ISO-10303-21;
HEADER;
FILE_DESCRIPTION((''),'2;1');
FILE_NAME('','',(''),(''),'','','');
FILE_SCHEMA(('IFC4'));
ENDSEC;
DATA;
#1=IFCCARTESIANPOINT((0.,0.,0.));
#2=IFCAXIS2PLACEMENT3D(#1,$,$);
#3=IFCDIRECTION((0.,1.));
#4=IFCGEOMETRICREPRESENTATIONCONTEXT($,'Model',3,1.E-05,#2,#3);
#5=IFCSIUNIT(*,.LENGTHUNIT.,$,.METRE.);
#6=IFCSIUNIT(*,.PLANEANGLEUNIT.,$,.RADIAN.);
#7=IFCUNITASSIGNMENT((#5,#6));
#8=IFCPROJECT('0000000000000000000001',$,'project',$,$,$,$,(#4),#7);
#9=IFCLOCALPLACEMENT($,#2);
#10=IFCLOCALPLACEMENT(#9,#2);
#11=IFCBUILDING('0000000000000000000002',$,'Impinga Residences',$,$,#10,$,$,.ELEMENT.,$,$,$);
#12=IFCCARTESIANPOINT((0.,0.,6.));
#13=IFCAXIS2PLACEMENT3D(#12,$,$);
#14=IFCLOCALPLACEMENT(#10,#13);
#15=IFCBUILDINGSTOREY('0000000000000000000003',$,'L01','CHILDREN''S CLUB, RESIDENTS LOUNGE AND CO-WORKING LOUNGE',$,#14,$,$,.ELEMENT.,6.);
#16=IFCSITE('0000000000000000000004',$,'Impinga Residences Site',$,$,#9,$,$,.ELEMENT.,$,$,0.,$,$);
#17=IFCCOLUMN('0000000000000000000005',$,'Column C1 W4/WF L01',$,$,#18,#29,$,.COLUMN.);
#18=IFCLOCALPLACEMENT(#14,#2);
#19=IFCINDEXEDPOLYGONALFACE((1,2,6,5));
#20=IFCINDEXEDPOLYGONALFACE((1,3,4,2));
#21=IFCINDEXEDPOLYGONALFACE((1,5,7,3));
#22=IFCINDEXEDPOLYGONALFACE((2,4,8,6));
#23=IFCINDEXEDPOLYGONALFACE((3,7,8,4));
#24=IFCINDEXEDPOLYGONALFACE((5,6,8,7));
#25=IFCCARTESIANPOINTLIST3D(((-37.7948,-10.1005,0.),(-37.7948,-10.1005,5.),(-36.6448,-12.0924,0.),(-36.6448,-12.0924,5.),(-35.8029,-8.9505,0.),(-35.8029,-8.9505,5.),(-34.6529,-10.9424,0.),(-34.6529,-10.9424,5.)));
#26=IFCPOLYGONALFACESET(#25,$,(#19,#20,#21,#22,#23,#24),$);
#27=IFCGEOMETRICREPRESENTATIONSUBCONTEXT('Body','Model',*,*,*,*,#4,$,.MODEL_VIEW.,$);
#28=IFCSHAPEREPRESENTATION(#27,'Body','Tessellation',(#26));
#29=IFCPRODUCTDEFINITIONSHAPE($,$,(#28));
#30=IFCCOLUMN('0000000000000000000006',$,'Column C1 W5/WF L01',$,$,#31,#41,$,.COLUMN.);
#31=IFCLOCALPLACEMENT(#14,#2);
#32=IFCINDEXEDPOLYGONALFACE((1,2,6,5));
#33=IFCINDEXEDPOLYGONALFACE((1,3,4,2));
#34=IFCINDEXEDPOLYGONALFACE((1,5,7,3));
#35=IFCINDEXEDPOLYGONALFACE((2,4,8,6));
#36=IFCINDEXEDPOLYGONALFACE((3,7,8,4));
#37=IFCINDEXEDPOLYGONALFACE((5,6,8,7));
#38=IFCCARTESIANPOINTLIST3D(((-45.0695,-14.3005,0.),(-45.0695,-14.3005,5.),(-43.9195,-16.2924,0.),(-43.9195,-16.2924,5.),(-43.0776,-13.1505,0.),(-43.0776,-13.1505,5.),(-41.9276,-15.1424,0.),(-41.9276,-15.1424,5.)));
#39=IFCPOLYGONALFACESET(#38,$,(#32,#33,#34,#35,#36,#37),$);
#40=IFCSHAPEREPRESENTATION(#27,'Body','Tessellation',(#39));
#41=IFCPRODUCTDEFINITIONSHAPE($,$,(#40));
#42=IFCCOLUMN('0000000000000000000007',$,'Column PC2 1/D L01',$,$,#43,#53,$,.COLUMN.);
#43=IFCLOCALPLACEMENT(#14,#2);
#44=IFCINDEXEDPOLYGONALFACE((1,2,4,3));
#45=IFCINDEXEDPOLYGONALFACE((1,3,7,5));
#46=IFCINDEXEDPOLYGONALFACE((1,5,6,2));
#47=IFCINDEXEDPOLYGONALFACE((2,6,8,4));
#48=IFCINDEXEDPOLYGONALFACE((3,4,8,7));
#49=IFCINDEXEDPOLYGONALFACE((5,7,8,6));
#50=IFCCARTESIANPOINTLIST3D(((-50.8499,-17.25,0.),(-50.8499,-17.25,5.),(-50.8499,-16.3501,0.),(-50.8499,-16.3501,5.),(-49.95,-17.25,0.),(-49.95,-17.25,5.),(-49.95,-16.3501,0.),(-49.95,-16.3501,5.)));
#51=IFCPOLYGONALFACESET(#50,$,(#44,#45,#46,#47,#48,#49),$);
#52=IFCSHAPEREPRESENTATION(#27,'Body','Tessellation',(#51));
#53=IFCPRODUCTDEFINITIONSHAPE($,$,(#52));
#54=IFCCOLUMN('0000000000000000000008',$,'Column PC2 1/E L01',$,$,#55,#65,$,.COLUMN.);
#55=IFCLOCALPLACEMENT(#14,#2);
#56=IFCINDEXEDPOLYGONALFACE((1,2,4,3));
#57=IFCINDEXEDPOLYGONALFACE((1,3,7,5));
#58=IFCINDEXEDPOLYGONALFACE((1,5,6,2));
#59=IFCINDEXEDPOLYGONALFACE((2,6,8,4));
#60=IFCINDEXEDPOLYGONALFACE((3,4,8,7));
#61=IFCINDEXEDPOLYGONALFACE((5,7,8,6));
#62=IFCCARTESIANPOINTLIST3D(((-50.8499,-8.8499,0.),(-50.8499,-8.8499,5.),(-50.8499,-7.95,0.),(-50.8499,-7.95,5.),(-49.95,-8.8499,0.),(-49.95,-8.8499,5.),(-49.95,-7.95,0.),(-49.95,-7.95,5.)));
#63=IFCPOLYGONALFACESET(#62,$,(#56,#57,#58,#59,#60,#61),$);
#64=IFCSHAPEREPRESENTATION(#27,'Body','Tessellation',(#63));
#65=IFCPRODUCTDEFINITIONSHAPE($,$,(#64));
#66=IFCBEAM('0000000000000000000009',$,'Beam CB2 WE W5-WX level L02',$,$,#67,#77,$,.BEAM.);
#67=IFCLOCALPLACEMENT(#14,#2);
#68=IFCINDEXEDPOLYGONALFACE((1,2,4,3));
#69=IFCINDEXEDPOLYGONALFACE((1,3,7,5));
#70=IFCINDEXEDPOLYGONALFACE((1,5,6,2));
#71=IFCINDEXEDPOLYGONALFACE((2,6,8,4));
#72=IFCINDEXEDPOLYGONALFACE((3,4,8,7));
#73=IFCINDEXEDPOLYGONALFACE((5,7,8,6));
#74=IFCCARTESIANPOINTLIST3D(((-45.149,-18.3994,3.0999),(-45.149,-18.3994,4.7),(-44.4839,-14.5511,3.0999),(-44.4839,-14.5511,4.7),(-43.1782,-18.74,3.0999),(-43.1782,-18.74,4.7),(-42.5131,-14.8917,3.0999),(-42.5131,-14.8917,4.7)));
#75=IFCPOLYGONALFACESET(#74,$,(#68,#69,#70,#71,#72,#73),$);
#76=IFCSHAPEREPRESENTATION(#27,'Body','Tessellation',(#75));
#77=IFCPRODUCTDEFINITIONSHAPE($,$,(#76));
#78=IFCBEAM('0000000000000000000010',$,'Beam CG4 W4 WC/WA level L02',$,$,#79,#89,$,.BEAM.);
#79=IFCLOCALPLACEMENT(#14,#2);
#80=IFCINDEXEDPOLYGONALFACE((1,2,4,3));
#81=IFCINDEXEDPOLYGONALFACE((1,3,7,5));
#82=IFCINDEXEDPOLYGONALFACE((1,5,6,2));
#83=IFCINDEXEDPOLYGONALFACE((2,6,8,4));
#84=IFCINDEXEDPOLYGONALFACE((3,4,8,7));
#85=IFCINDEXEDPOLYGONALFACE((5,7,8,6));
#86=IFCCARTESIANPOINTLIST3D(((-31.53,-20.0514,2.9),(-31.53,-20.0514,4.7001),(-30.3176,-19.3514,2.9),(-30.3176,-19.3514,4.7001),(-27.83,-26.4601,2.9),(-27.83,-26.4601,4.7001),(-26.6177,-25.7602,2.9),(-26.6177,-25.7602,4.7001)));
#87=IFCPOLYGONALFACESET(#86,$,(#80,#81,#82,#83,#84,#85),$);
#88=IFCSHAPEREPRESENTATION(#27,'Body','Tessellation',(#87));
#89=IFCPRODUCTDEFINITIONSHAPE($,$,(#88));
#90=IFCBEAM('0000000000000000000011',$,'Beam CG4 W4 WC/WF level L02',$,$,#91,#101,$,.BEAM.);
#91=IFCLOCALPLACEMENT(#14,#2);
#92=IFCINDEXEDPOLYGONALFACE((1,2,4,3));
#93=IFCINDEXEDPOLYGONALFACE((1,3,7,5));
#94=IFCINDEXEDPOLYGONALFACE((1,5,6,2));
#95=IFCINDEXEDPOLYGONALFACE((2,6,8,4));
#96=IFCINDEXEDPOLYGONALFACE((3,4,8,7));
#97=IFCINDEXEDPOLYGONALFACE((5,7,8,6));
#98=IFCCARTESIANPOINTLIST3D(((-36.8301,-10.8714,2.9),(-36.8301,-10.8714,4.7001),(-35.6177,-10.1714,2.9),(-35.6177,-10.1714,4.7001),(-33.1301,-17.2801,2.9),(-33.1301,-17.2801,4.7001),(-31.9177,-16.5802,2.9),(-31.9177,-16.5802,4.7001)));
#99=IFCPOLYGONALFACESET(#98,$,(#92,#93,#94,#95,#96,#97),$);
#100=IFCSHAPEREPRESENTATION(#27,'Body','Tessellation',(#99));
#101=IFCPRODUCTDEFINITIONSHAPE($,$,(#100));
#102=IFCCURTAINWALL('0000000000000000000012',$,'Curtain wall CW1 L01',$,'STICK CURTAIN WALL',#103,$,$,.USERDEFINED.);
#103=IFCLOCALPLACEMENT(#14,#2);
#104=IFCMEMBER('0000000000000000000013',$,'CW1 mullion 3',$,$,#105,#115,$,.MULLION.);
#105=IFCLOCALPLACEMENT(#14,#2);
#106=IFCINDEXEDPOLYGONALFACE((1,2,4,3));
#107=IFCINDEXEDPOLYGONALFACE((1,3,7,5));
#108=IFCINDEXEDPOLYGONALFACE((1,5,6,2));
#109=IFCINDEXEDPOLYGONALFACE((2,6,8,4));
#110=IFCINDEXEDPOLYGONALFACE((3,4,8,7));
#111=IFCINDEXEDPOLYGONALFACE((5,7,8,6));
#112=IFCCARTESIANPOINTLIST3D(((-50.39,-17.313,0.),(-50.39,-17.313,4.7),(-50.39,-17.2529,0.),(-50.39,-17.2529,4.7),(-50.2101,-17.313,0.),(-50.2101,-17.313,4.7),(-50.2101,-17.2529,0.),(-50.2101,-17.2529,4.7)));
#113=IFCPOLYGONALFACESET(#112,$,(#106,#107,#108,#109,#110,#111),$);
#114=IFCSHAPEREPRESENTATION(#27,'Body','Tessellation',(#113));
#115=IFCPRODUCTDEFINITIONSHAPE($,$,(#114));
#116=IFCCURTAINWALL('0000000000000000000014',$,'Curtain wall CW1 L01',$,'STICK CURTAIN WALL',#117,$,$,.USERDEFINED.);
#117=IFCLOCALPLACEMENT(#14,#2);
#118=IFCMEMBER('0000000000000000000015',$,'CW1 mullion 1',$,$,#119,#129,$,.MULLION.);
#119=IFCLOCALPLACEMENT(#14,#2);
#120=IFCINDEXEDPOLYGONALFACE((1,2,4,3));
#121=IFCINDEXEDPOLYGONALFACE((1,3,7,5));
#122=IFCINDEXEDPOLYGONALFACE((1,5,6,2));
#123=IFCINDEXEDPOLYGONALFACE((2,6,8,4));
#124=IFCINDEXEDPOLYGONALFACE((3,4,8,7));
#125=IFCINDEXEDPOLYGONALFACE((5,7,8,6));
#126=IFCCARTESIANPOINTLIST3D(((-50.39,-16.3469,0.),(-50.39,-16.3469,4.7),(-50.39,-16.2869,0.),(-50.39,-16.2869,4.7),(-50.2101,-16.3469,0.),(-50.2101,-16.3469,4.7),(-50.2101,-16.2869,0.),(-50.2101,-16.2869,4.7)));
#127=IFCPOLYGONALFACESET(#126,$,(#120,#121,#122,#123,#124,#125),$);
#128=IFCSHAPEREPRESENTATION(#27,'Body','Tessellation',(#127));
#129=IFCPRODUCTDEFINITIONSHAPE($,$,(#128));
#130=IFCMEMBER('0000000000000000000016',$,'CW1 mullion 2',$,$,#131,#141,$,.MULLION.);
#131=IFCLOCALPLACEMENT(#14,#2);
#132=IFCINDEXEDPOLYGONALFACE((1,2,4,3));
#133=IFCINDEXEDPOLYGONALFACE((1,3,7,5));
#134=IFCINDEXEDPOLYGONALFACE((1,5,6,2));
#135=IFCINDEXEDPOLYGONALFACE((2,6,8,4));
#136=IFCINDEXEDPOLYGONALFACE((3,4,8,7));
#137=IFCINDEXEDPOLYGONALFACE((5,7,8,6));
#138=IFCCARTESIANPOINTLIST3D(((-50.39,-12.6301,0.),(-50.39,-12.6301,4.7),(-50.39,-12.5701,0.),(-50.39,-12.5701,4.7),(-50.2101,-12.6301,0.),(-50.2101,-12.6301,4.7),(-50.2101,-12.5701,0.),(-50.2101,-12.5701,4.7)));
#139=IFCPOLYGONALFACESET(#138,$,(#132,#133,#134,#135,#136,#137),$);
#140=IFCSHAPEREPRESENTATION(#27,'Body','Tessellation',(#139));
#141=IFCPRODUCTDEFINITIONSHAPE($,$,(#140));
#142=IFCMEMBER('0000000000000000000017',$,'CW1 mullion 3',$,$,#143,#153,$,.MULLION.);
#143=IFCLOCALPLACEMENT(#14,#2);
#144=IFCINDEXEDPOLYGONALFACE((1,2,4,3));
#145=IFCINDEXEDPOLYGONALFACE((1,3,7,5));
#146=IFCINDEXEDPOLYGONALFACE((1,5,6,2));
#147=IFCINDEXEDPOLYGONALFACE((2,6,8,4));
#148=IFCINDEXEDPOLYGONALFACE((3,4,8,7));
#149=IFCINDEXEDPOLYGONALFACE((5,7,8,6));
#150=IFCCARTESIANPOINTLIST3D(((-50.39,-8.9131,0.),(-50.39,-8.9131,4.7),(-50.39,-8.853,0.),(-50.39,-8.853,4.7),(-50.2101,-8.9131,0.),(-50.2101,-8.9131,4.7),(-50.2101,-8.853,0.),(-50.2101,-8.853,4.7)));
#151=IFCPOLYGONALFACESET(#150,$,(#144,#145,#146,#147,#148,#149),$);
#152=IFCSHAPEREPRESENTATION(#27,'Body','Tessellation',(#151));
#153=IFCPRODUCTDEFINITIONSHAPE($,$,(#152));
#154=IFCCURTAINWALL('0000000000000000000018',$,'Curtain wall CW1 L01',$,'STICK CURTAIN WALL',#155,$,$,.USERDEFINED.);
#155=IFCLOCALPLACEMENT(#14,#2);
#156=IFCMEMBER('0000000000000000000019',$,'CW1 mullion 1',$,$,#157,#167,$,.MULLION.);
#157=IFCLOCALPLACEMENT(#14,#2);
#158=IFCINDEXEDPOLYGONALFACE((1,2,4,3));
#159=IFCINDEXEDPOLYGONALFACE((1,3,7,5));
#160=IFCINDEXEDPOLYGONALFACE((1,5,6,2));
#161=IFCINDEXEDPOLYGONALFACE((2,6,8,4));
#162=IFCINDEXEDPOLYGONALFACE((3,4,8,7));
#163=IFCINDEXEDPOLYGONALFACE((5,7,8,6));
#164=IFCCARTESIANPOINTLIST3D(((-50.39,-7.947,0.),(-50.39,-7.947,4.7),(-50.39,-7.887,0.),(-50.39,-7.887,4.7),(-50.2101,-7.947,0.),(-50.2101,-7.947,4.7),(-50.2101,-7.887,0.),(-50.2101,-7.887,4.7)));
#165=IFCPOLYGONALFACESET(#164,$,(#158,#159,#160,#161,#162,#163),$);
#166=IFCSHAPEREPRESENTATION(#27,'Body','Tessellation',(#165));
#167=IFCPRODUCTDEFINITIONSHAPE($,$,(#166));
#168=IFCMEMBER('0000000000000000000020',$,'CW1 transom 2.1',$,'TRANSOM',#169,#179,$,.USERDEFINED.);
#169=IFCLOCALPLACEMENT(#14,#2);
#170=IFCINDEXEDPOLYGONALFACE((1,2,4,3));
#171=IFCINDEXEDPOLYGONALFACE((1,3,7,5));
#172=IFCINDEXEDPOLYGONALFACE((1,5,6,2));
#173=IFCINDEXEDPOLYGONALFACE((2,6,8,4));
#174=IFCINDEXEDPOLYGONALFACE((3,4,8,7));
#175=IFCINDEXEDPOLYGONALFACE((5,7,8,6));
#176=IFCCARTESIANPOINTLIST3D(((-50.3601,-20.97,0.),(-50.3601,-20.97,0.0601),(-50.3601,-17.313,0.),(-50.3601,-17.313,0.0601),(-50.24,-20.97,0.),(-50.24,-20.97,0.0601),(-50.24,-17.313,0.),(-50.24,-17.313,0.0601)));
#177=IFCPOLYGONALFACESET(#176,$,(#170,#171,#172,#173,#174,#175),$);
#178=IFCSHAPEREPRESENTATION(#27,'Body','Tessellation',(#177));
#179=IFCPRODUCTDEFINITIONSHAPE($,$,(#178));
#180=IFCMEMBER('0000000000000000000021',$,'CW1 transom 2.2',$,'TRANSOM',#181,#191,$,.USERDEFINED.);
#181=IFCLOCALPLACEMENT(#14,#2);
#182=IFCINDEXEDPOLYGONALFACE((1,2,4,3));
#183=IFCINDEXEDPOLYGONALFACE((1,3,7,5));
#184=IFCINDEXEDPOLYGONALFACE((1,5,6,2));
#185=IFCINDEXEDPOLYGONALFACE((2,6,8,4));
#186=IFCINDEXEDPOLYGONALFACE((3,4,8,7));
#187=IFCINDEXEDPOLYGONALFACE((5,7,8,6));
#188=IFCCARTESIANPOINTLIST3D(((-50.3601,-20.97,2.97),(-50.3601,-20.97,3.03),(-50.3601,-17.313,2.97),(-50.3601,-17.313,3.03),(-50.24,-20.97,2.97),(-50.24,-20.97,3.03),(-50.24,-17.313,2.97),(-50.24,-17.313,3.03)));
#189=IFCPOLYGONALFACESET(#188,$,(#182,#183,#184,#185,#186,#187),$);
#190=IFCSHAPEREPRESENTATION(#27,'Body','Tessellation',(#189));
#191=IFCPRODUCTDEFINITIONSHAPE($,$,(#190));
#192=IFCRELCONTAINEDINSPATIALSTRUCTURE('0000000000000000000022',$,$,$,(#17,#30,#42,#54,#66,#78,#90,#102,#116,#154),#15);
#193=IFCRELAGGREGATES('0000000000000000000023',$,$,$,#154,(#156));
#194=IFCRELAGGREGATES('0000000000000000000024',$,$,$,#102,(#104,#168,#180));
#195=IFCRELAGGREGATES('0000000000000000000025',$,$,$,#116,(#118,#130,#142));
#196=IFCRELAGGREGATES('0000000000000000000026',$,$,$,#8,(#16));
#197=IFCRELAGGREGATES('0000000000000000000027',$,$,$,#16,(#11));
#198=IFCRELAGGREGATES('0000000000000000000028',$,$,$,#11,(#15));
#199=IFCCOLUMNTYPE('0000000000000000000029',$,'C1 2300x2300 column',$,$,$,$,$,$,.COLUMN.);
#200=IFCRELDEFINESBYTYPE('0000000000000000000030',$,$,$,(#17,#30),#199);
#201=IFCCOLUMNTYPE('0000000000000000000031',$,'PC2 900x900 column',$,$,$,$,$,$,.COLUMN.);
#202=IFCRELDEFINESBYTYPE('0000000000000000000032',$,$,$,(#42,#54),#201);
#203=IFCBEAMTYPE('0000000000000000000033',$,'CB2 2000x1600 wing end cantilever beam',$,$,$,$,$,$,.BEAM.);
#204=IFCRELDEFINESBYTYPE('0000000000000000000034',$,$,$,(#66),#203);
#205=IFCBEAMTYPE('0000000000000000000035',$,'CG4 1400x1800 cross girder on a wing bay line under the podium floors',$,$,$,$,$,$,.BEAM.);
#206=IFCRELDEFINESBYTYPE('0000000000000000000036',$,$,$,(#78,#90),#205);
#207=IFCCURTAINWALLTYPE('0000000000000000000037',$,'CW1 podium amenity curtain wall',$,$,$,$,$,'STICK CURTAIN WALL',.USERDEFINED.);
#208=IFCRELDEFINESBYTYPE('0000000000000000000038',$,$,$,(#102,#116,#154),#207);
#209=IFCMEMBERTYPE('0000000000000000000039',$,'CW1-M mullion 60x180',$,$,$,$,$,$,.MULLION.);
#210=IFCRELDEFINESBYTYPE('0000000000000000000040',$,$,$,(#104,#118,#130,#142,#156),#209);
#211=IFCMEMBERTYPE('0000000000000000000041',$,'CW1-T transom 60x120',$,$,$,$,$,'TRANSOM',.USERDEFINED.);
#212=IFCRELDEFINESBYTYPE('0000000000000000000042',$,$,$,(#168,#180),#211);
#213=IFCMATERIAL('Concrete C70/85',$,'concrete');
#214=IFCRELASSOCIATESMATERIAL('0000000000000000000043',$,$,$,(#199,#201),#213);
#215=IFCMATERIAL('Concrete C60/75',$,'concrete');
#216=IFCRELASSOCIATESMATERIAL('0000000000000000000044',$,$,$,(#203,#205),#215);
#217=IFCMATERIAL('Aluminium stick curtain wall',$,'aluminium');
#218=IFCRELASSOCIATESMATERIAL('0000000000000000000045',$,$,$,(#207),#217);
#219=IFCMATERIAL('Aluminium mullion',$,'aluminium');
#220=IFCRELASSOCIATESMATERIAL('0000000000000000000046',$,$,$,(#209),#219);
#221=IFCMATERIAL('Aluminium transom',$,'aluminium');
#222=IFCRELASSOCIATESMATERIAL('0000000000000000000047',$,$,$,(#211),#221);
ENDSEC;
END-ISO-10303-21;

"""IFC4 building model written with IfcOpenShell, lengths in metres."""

from ifc_helpers import new_model, si_unit, direction, frame, origin, origin_2d, place, context, subcontext, project, spatial, rectangle, extrude, material, material_profile, profile_set, type_object, element, aggregate, save


model = new_model("IFC4")

# Units and contexts
model_context = context("Model", 3, precision=1e-05, world=origin(), true_north=direction((0.0, 1.0)))
body_context = subcontext(model_context, "Body", "Model", "MODEL_VIEW")
ifc_project = project(units=[si_unit("LENGTHUNIT", "METRE"), si_unit("PLANEANGLEUNIT", "RADIAN")], contexts=[model_context])

# Site, building, storey
site_placement = place(None, origin())
site = spatial("IfcSite", under=ifc_project, at=site_placement, Name="Impinga Residences Site", CompositionType="ELEMENT", RefElevation=0.0)
building_placement = place(site_placement, origin())
building = spatial("IfcBuilding", under=site, at=building_placement, Name="Impinga Residences", CompositionType="ELEMENT")
storey_placement = place(building_placement, frame((0.0, 0.0, 6.0)))
storey = spatial("IfcBuildingStorey", under=building, at=storey_placement, Name="L01", Description="CHILDREN'S CLUB, RESIDENTS LOUNGE AND CO-WORKING LOUNGE", CompositionType="ELEMENT", Elevation=6.0)

# Columns
ifc_material_1 = material(Name="Concrete C70/85", Category="concrete")
ifc_material_profile_1 = material_profile(ifc_material_1, rectangle(XDim=2.3, YDim=2.3, at=origin_2d()), Name="RC 2300x2300")
ifc_profile_set_1 = profile_set([ifc_material_profile_1], Name="Concrete C70/85")
column_type_1 = type_object("IfcColumnType", Name="C1 2300x2300 column", PredefinedType="COLUMN", material=ifc_profile_set_1)
for number, where, z_axis, x_axis, name in (
    (1, (-36.2239, -10.5215, 0.0), (0.0, 0.0, 1.0), (-0.5, 0.866025, 0.0), "Column C1 W4/WF L01"),
    (2, (-43.4985, -14.7214, 0.0), (0.0, 0.0, 1.0), (-0.5, 0.866025, 0.0), "Column C1 W5/WF L01"),
):
    element("IfcColumn", number, at=place(storey_placement, frame(where, z_axis=z_axis, x_axis=x_axis)), inside=storey, type_object=column_type_1, Name=name, PredefinedType="COLUMN", context=body_context, shape_type="SweptSolid", body=[
        extrude(rectangle(XDim=2.3, YDim=2.3, at=origin_2d()), origin(), (0.0, 0.0, 1.0), 5.0),
    ])
ifc_material_profile_2 = material_profile(ifc_material_1, rectangle(XDim=0.8999, YDim=0.8999, at=origin_2d()), Name="RC 900x900")
ifc_profile_set_2 = profile_set([ifc_material_profile_2], Name="Concrete C70/85")
column_type_2 = type_object("IfcColumnType", Name="PC2 900x900 column", PredefinedType="COLUMN", material=ifc_profile_set_2)
for number, where, z_axis, x_axis, name in (
    (3, (-50.3999, -16.8, 0.0), (0.0, 0.0, 1.0), (1.0, 0.0, 0.0), "Column PC2 1/D L01"),
    (4, (-50.3999, -8.3999, 0.0), (0.0, 0.0, 1.0), (1.0, 0.0, 0.0), "Column PC2 1/E L01"),
):
    element("IfcColumn", number, at=place(storey_placement, frame(where, z_axis=z_axis, x_axis=x_axis)), inside=storey, type_object=column_type_2, Name=name, PredefinedType="COLUMN", context=body_context, shape_type="SweptSolid", body=[
        extrude(rectangle(XDim=0.8999, YDim=0.8999, at=origin_2d()), origin(), (0.0, 0.0, 1.0), 5.0),
    ])

# Beams
ifc_material_2 = material(Name="Concrete C60/75", Category="concrete")
ifc_material_profile_3 = material_profile(ifc_material_2, rectangle(XDim=2.0, YDim=1.6001, at=origin_2d()), Name="RC 2000x1600")
ifc_profile_set_3 = profile_set([ifc_material_profile_3], Name="Concrete C60/75")
beam_type_1 = type_object("IfcBeamType", Name="CB2 2000x1600 wing end cantilever beam", PredefinedType="BEAM", material=ifc_profile_set_3)
beam_1_placement = place(storey_placement, frame((-43.4985, -14.7214, 3.8999), z_axis=(-0.170296, -0.985393, 0.0), x_axis=(0.985393, -0.170296, 0.0)))
element("IfcBeam", 5, at=beam_1_placement, inside=storey, type_object=beam_type_1, Name="Beam CB2 WE W5-WX level L02", PredefinedType="BEAM", context=body_context, shape_type="SweptSolid", body=[
    extrude(rectangle(XDim=2.0, YDim=1.6001, at=origin_2d()), origin(), (0.0, 0.0, 1.0), 3.9053),
])
ifc_material_profile_4 = material_profile(ifc_material_2, rectangle(XDim=1.3999, YDim=1.8, at=origin_2d()), Name="RC 1400x1800")
ifc_profile_set_4 = profile_set([ifc_material_profile_4], Name="Concrete C60/75")
beam_type_2 = type_object("IfcBeamType", Name="CG4 1400x1800 cross girder on a wing bay line under the podium floors", PredefinedType="BEAM", material=ifc_profile_set_4)
for number, where, z_axis, x_axis, name in (
    (6, (-30.9238, -19.7014, 3.8), (0.499989, -0.866032, 0.0), (0.866032, 0.499989, 0.0), "Beam CG4 W4 WC/WA level L02"),
    (7, (-32.5239, -16.9302, 3.8), (-0.499989, 0.866032, 0.0), (-0.866032, -0.499989, 0.0), "Beam CG4 W4 WC/WF level L02"),
):
    element("IfcBeam", number, at=place(storey_placement, frame(where, z_axis=z_axis, x_axis=x_axis)), inside=storey, type_object=beam_type_2, Name=name, PredefinedType="BEAM", context=body_context, shape_type="SweptSolid", body=[
        extrude(rectangle(XDim=1.3999, YDim=1.8, at=origin_2d()), origin(), (0.0, 0.0, 1.0), 7.4001),
    ])

# Curtain wall, member
ifc_material_3 = material(Name="Aluminium stick curtain wall", Category="aluminium")
curtain_wall_type = type_object("IfcCurtainWallType", Name="CW1 podium amenity curtain wall", ElementType="STICK CURTAIN WALL", PredefinedType="USERDEFINED", material=ifc_material_3)
curtain_wall_1_placement = place(storey_placement, origin())
curtain_wall_1 = element("IfcCurtainWall", 8, at=curtain_wall_1_placement, inside=storey, type_object=curtain_wall_type, Name="Curtain wall CW1 L01", ObjectType="STICK CURTAIN WALL", PredefinedType="USERDEFINED")
ifc_material_4 = material(Name="Aluminium mullion", Category="aluminium")
ifc_material_profile_5 = material_profile(ifc_material_4, rectangle(XDim=0.0601, YDim=0.1799, at=origin_2d()), Name="60x180 mullion")
ifc_profile_set_5 = profile_set([ifc_material_profile_5], Name="Aluminium mullion")
member_type_1 = type_object("IfcMemberType", Name="CW1-M mullion 60x180", PredefinedType="MULLION", material=ifc_profile_set_5)
member_1_placement = place(storey_placement, frame((-50.3, -17.283, 0.0), z_axis=(0.0, 0.0, 1.0), x_axis=(0.0, 1.0, 0.0)))
member_1 = element("IfcMember", 9, at=member_1_placement, type_object=member_type_1, Name="CW1 mullion 3", PredefinedType="MULLION", context=body_context, shape_type="SweptSolid", body=[
    extrude(rectangle(XDim=0.0601, YDim=0.1799, at=origin_2d()), origin(), (0.0, 0.0, 1.0), 4.7),
])

# Curtain wall, members
curtain_wall_2_placement = place(storey_placement, origin())
curtain_wall_2 = element("IfcCurtainWall", 10, at=curtain_wall_2_placement, inside=storey, type_object=curtain_wall_type, Name="Curtain wall CW1 L01", ObjectType="STICK CURTAIN WALL", PredefinedType="USERDEFINED")
member_2_placement = place(storey_placement, frame((-50.3, -16.3169, 0.0), z_axis=(0.0, 0.0, 1.0), x_axis=(0.0, 1.0, 0.0)))
member_2 = element("IfcMember", 11, at=member_2_placement, type_object=member_type_1, Name="CW1 mullion 1", PredefinedType="MULLION", context=body_context, shape_type="SweptSolid", body=[
    extrude(rectangle(XDim=0.0601, YDim=0.1799, at=origin_2d()), origin(), (0.0, 0.0, 1.0), 4.7),
])
member_3_placement = place(storey_placement, frame((-50.3, -12.6001, 0.0), z_axis=(0.0, 0.0, 1.0), x_axis=(0.0, 1.0, 0.0)))
member_3 = element("IfcMember", 12, at=member_3_placement, type_object=member_type_1, Name="CW1 mullion 2", PredefinedType="MULLION", context=body_context, shape_type="SweptSolid", body=[
    extrude(rectangle(XDim=0.0601, YDim=0.1799, at=origin_2d()), origin(), (0.0, 0.0, 1.0), 4.7),
])
member_4_placement = place(storey_placement, frame((-50.3, -8.8831, 0.0), z_axis=(0.0, 0.0, 1.0), x_axis=(0.0, 1.0, 0.0)))
member_4 = element("IfcMember", 13, at=member_4_placement, type_object=member_type_1, Name="CW1 mullion 3", PredefinedType="MULLION", context=body_context, shape_type="SweptSolid", body=[
    extrude(rectangle(XDim=0.0601, YDim=0.1799, at=origin_2d()), origin(), (0.0, 0.0, 1.0), 4.7),
])

# Curtain wall, member
curtain_wall_3_placement = place(storey_placement, origin())
curtain_wall_3 = element("IfcCurtainWall", 14, at=curtain_wall_3_placement, inside=storey, type_object=curtain_wall_type, Name="Curtain wall CW1 L01", ObjectType="STICK CURTAIN WALL", PredefinedType="USERDEFINED")
member_5_placement = place(storey_placement, frame((-50.3, -7.917, 0.0), z_axis=(0.0, 0.0, 1.0), x_axis=(0.0, 1.0, 0.0)))
member_5 = element("IfcMember", 15, at=member_5_placement, type_object=member_type_1, Name="CW1 mullion 1", PredefinedType="MULLION", context=body_context, shape_type="SweptSolid", body=[
    extrude(rectangle(XDim=0.0601, YDim=0.1799, at=origin_2d()), origin(), (0.0, 0.0, 1.0), 4.7),
])

# Members
ifc_material_5 = material(Name="Aluminium transom", Category="aluminium")
ifc_material_profile_6 = material_profile(ifc_material_5, rectangle(XDim=0.0601, YDim=0.1201, at=origin_2d()), Name="60x120 transom")
ifc_profile_set_6 = profile_set([ifc_material_profile_6], Name="Aluminium transom")
member_type_2 = type_object("IfcMemberType", Name="CW1-T transom 60x120", ElementType="TRANSOM", PredefinedType="USERDEFINED", material=ifc_profile_set_6)
member_6_placement = place(storey_placement, frame((-50.3, -20.97, 0.03), z_axis=(0.0, 1.0, 0.0), x_axis=(0.0, 0.0, 1.0)))
member_6 = element("IfcMember", 16, at=member_6_placement, type_object=member_type_2, Name="CW1 transom 2.1", ObjectType="TRANSOM", PredefinedType="USERDEFINED", context=body_context, shape_type="SweptSolid", body=[
    extrude(rectangle(XDim=0.0601, YDim=0.1201, at=origin_2d()), origin(), (0.0, 0.0, 1.0), 3.657),
])
member_7_placement = place(storey_placement, frame((-50.3, -20.97, 3.0), z_axis=(0.0, 1.0, 0.0), x_axis=(0.0, 0.0, 1.0)))
member_7 = element("IfcMember", 17, at=member_7_placement, type_object=member_type_2, Name="CW1 transom 2.2", ObjectType="TRANSOM", PredefinedType="USERDEFINED", context=body_context, shape_type="SweptSolid", body=[
    extrude(rectangle(XDim=0.0601, YDim=0.1201, at=origin_2d()), origin(), (0.0, 0.0, 1.0), 3.657),
])
aggregate(curtain_wall_3, [member_5])

aggregate(curtain_wall_1, [member_1, member_6, member_7])
aggregate(curtain_wall_2, [member_2, member_3, member_4])

save(model, "model.ifc")
